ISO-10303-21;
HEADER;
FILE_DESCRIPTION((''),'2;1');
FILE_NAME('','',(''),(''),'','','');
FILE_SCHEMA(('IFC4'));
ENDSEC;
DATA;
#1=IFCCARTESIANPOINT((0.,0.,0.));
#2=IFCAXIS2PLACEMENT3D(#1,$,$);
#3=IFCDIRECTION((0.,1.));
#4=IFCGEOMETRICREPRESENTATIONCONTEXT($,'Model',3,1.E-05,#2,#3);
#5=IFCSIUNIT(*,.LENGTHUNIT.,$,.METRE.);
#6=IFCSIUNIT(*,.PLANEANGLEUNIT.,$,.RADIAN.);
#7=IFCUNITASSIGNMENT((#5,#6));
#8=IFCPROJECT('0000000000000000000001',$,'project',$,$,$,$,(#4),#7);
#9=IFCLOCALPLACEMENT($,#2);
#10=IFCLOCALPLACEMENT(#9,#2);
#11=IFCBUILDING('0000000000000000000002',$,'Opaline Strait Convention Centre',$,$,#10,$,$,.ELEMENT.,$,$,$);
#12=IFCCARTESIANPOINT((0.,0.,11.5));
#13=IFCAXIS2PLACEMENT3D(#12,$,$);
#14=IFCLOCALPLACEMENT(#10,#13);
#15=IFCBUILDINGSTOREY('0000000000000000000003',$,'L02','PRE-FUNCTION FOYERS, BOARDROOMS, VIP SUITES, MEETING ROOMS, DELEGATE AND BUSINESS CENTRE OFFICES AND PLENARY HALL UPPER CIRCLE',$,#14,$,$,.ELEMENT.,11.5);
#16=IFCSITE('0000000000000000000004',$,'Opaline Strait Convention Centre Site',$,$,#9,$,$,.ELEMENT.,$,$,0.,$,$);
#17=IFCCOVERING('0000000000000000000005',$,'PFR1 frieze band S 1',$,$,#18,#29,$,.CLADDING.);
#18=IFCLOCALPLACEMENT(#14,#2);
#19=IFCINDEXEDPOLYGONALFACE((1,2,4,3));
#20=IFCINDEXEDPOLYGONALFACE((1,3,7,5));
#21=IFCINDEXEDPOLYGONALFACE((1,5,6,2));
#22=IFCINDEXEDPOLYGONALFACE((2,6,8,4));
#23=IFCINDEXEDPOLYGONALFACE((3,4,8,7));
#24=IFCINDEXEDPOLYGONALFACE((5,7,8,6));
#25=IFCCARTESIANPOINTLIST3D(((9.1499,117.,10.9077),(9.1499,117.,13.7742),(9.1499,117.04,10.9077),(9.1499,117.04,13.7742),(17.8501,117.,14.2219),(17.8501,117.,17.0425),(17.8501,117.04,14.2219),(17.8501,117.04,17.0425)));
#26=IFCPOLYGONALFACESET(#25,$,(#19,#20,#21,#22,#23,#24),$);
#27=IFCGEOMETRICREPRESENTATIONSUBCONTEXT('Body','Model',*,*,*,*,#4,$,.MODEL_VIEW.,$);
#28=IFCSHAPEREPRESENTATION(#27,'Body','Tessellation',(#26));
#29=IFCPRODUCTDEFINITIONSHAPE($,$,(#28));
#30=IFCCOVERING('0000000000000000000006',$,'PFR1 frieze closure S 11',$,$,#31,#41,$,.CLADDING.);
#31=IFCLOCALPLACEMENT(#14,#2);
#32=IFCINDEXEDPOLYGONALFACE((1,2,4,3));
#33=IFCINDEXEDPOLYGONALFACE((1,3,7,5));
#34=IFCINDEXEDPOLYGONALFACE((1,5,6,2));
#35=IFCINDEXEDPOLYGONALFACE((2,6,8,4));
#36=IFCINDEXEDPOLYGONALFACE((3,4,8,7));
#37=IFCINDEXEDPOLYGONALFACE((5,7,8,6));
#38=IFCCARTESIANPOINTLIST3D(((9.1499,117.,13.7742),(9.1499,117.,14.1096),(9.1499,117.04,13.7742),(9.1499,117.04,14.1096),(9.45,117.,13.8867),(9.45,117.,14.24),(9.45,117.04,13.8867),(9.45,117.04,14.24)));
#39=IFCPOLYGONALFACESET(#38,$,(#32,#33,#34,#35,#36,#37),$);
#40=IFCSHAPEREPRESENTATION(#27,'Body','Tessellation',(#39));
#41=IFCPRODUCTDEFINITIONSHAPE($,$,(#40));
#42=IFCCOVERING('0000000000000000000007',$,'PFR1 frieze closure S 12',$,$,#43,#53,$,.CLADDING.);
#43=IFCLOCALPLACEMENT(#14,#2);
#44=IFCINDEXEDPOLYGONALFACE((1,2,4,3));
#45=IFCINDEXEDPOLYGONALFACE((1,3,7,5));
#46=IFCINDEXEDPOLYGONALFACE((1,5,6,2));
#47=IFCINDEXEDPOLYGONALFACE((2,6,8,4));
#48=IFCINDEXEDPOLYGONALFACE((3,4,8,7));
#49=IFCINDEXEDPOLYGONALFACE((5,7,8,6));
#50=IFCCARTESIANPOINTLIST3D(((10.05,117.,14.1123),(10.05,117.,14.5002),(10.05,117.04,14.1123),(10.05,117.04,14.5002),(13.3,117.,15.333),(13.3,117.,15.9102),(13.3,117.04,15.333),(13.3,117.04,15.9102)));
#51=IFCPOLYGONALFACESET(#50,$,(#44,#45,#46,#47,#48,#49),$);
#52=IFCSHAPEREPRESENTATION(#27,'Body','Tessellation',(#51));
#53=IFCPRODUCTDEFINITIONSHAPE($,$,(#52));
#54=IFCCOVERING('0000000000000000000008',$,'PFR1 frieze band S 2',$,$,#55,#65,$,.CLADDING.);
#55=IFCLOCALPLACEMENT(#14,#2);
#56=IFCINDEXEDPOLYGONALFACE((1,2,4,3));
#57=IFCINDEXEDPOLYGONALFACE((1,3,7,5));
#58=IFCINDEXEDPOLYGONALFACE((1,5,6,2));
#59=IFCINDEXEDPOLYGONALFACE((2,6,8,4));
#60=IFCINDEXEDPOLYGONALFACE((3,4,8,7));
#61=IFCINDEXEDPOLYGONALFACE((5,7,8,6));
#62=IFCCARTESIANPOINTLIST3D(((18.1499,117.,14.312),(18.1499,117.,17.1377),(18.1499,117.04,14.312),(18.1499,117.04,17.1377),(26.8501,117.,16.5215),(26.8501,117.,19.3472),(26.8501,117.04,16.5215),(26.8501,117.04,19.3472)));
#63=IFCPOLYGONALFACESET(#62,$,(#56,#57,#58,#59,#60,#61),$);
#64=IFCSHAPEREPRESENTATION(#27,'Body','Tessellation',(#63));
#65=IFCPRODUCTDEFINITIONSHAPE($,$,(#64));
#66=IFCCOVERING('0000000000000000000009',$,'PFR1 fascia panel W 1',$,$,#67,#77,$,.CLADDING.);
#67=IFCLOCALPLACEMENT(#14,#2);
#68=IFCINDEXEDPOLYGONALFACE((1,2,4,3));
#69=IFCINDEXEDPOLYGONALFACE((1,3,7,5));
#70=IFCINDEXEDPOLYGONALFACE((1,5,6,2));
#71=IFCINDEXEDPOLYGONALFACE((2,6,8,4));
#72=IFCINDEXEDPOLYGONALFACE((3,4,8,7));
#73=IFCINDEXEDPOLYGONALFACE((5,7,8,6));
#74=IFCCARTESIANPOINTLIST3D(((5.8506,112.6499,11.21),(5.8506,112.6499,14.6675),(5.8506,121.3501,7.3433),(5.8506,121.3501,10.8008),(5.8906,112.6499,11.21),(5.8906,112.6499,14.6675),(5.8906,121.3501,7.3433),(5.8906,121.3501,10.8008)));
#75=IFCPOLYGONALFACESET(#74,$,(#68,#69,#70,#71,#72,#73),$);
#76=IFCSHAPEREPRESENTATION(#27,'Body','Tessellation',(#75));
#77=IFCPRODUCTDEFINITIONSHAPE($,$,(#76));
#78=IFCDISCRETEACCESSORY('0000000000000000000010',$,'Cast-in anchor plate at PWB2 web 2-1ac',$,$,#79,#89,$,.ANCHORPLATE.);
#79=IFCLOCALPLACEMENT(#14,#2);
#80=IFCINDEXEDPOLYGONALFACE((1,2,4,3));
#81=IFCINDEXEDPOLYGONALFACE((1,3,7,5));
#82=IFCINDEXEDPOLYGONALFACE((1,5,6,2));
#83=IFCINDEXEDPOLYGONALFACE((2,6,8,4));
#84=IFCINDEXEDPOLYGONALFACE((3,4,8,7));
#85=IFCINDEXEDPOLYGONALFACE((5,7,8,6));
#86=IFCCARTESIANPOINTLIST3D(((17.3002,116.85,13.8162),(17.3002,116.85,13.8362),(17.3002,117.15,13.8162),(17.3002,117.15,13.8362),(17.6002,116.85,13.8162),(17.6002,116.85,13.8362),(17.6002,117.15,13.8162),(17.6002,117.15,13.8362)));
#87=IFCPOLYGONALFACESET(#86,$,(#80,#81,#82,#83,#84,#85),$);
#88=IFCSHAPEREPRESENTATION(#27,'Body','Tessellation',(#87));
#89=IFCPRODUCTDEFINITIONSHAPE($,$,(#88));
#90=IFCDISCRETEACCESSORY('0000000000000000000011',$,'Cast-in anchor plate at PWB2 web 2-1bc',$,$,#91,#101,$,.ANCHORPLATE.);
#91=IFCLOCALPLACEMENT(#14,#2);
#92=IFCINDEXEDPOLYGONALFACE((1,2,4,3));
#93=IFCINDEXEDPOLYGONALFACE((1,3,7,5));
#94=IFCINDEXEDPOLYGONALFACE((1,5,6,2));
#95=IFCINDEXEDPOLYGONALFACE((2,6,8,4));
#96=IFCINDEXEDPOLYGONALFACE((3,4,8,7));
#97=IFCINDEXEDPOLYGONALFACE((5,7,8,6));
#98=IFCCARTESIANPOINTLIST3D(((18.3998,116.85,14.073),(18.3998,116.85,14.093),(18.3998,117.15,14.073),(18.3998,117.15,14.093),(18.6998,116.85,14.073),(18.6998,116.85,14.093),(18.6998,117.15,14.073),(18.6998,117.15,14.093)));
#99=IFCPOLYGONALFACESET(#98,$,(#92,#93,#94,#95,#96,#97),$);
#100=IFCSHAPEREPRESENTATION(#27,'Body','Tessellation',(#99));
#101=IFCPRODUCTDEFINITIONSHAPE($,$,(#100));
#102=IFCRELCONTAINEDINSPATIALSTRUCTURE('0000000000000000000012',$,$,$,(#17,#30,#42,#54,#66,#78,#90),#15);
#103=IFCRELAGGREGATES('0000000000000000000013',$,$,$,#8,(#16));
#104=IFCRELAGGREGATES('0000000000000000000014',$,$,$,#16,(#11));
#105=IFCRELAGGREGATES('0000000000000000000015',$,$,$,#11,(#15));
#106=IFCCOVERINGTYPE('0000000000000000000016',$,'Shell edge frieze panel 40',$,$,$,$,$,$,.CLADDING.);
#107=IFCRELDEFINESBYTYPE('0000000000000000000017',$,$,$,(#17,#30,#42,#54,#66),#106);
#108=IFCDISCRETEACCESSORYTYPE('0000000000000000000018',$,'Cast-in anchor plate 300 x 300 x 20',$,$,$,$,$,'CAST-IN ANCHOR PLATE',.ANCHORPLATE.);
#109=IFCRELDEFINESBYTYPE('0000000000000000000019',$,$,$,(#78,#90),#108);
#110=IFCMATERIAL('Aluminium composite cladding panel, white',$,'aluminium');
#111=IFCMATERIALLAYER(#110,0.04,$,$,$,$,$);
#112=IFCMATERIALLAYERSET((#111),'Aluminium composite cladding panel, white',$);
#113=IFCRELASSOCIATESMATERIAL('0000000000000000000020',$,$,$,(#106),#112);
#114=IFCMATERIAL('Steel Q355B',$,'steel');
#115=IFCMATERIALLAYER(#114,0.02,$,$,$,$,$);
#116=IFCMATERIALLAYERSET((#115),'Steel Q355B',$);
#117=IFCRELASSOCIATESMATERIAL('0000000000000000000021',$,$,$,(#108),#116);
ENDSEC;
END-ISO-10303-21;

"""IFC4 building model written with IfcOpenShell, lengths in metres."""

from ifc_helpers import new_model, si_unit, direction, frame, origin, origin_2d, place, context, subcontext, project, spatial, polyline, rectangle, outline, extrude, material, layer, layer_set, type_object, element, save


model = new_model("IFC4")

# Units and contexts
model_context = context("Model", 3, precision=1e-05, world=origin(), true_north=direction((0.0, 1.0)))
body_context = subcontext(model_context, "Body", "Model", "MODEL_VIEW")
ifc_project = project(units=[si_unit("LENGTHUNIT", "METRE"), si_unit("PLANEANGLEUNIT", "RADIAN")], contexts=[model_context])

# Site, building, storey
site_placement = place(None, origin())
site = spatial("IfcSite", under=ifc_project, at=site_placement, Name="Opaline Strait Convention Centre Site", CompositionType="ELEMENT", RefElevation=0.0)
building_placement = place(site_placement, origin())
building = spatial("IfcBuilding", under=site, at=building_placement, Name="Opaline Strait Convention Centre", CompositionType="ELEMENT")
storey_placement = place(building_placement, frame((0.0, 0.0, 11.5)))
storey = spatial("IfcBuildingStorey", under=building, at=storey_placement, Name="L02", Description="PRE-FUNCTION FOYERS, BOARDROOMS, VIP SUITES, MEETING ROOMS, DELEGATE AND BUSINESS CENTRE OFFICES AND PLENARY HALL UPPER CIRCLE", CompositionType="ELEMENT", Elevation=11.5)

# Shared definitions
ifc_material_1 = material(Name="Steel Q355B", Category="steel")

# Coverings
ifc_material_2 = material(Name="Aluminium composite cladding panel, white", Category="aluminium")
ifc_layer_1 = layer(ifc_material_2, 0.04)
ifc_layer_set_1 = layer_set([ifc_layer_1], Name="Aluminium composite cladding panel, white")
covering_type = type_object("IfcCoveringType", Name="Shell edge frieze panel 40", PredefinedType="CLADDING", material=ifc_layer_set_1)
covering_1_placement = place(storey_placement, frame((9.1499, 117.0, 10.9077), z_axis=(0.0, -1.0, 0.0), x_axis=(0.934493, 0.0, 0.355981)))
element("IfcCovering", 1, at=covering_1_placement, inside=storey, type_object=covering_type, Name="PFR1 frieze band S 1", PredefinedType="CLADDING", context=body_context, shape_type="SweptSolid", body=[
    extrude(outline(polyline([(0.0, 0.0), (9.3101, 0.0), (10.3141, 2.6358), (1.0204, 2.6787), (0.0, 0.0)])), origin(), (0.0, 0.0, -1.0), 0.04),
])
covering_2_placement = place(storey_placement, frame((9.1499, 117.0, 13.7742), z_axis=(0.0, -1.0, 0.0), x_axis=(0.936298, 0.0, 0.351207)))
element("IfcCovering", 2, at=covering_2_placement, inside=storey, type_object=covering_type, Name="PFR1 frieze closure S 11", PredefinedType="CLADDING", context=body_context, shape_type="SweptSolid", body=[
    extrude(outline(polyline([(0.0, 0.0), (0.3205, 0.0), (0.4445, 0.3308), (0.1178, 0.3141), (0.0, 0.0)])), origin(), (0.0, 0.0, -1.0), 0.04),
])
covering_3_placement = place(storey_placement, frame((10.05, 117.0, 14.1123), z_axis=(0.0, -1.0, 0.0), x_axis=(0.936144, 0.0, 0.351617)))
element("IfcCovering", 3, at=covering_3_placement, inside=storey, type_object=covering_type, Name="PFR1 frieze closure S 12", PredefinedType="CLADDING", context=body_context, shape_type="SweptSolid", body=[
    extrude(outline(polyline([(0.0, 0.0), (3.4717, 0.0), (3.6746, 0.5403), (0.1364, 0.3632), (0.0, 0.0)])), origin(), (0.0, 0.0, -1.0), 0.04),
])
covering_4_placement = place(storey_placement, frame((18.1499, 117.0, 14.312), z_axis=(0.0, -1.0, 0.0), x_axis=(0.969233, 0.0, 0.246143)))
element("IfcCovering", 4, at=covering_4_placement, inside=storey, type_object=covering_type, Name="PFR1 frieze band S 2", PredefinedType="CLADDING", context=body_context, shape_type="SweptSolid", body=[
    extrude(outline(polyline([(0.0, 0.0), (8.9764, 0.0), (9.6719, 2.7387), (0.6955, 2.7387), (0.0, 0.0)])), origin(), (0.0, 0.0, -1.0), 0.04),
])
covering_5_placement = place(storey_placement, frame((5.8506, 112.6499, 14.6675), z_axis=(-1.0, 0.0, 0.0), x_axis=(0.0, 0.913814, -0.406134)))
element("IfcCovering", 5, at=covering_5_placement, inside=storey, type_object=covering_type, Name="PFR1 fascia panel W 1", PredefinedType="CLADDING", context=body_context, shape_type="SweptSolid", body=[
    extrude(outline(polyline([(0.0, 0.0), (9.5208, 0.0), (10.925, 3.1595), (1.4042, 3.1595), (0.0, 0.0)])), origin(), (0.0, 0.0, -1.0), 0.04),
])

# Discrete accessories
ifc_layer_2 = layer(ifc_material_1, 0.02)
ifc_layer_set_2 = layer_set([ifc_layer_2], Name="Steel Q355B")
discrete_accessory_type = type_object("IfcDiscreteAccessoryType", Name="Cast-in anchor plate 300 x 300 x 20", ElementType="CAST-IN ANCHOR PLATE", PredefinedType="ANCHORPLATE", material=ifc_layer_set_2)
for number, where, z_axis, x_axis, name in (
    (6, (17.4502, 117.0, 13.8162), (0.0, 0.0, 1.0), (1.0, 0.0, 0.0), "Cast-in anchor plate at PWB2 web 2-1ac"),
    (7, (18.5498, 117.0, 14.073), (0.0, 0.0, 1.0), (1.0, 0.0, 0.0), "Cast-in anchor plate at PWB2 web 2-1bc"),
):
    element("IfcDiscreteAccessory", number, at=place(storey_placement, frame(where, z_axis=z_axis, x_axis=x_axis)), inside=storey, type_object=discrete_accessory_type, Name=name, PredefinedType="ANCHORPLATE", context=body_context, shape_type="SweptSolid", body=[
        extrude(rectangle(XDim=0.3, YDim=0.3, at=origin_2d()), origin(), (0.0, 0.0, 1.0), 0.02),
    ])

save(model, "model.ifc")
